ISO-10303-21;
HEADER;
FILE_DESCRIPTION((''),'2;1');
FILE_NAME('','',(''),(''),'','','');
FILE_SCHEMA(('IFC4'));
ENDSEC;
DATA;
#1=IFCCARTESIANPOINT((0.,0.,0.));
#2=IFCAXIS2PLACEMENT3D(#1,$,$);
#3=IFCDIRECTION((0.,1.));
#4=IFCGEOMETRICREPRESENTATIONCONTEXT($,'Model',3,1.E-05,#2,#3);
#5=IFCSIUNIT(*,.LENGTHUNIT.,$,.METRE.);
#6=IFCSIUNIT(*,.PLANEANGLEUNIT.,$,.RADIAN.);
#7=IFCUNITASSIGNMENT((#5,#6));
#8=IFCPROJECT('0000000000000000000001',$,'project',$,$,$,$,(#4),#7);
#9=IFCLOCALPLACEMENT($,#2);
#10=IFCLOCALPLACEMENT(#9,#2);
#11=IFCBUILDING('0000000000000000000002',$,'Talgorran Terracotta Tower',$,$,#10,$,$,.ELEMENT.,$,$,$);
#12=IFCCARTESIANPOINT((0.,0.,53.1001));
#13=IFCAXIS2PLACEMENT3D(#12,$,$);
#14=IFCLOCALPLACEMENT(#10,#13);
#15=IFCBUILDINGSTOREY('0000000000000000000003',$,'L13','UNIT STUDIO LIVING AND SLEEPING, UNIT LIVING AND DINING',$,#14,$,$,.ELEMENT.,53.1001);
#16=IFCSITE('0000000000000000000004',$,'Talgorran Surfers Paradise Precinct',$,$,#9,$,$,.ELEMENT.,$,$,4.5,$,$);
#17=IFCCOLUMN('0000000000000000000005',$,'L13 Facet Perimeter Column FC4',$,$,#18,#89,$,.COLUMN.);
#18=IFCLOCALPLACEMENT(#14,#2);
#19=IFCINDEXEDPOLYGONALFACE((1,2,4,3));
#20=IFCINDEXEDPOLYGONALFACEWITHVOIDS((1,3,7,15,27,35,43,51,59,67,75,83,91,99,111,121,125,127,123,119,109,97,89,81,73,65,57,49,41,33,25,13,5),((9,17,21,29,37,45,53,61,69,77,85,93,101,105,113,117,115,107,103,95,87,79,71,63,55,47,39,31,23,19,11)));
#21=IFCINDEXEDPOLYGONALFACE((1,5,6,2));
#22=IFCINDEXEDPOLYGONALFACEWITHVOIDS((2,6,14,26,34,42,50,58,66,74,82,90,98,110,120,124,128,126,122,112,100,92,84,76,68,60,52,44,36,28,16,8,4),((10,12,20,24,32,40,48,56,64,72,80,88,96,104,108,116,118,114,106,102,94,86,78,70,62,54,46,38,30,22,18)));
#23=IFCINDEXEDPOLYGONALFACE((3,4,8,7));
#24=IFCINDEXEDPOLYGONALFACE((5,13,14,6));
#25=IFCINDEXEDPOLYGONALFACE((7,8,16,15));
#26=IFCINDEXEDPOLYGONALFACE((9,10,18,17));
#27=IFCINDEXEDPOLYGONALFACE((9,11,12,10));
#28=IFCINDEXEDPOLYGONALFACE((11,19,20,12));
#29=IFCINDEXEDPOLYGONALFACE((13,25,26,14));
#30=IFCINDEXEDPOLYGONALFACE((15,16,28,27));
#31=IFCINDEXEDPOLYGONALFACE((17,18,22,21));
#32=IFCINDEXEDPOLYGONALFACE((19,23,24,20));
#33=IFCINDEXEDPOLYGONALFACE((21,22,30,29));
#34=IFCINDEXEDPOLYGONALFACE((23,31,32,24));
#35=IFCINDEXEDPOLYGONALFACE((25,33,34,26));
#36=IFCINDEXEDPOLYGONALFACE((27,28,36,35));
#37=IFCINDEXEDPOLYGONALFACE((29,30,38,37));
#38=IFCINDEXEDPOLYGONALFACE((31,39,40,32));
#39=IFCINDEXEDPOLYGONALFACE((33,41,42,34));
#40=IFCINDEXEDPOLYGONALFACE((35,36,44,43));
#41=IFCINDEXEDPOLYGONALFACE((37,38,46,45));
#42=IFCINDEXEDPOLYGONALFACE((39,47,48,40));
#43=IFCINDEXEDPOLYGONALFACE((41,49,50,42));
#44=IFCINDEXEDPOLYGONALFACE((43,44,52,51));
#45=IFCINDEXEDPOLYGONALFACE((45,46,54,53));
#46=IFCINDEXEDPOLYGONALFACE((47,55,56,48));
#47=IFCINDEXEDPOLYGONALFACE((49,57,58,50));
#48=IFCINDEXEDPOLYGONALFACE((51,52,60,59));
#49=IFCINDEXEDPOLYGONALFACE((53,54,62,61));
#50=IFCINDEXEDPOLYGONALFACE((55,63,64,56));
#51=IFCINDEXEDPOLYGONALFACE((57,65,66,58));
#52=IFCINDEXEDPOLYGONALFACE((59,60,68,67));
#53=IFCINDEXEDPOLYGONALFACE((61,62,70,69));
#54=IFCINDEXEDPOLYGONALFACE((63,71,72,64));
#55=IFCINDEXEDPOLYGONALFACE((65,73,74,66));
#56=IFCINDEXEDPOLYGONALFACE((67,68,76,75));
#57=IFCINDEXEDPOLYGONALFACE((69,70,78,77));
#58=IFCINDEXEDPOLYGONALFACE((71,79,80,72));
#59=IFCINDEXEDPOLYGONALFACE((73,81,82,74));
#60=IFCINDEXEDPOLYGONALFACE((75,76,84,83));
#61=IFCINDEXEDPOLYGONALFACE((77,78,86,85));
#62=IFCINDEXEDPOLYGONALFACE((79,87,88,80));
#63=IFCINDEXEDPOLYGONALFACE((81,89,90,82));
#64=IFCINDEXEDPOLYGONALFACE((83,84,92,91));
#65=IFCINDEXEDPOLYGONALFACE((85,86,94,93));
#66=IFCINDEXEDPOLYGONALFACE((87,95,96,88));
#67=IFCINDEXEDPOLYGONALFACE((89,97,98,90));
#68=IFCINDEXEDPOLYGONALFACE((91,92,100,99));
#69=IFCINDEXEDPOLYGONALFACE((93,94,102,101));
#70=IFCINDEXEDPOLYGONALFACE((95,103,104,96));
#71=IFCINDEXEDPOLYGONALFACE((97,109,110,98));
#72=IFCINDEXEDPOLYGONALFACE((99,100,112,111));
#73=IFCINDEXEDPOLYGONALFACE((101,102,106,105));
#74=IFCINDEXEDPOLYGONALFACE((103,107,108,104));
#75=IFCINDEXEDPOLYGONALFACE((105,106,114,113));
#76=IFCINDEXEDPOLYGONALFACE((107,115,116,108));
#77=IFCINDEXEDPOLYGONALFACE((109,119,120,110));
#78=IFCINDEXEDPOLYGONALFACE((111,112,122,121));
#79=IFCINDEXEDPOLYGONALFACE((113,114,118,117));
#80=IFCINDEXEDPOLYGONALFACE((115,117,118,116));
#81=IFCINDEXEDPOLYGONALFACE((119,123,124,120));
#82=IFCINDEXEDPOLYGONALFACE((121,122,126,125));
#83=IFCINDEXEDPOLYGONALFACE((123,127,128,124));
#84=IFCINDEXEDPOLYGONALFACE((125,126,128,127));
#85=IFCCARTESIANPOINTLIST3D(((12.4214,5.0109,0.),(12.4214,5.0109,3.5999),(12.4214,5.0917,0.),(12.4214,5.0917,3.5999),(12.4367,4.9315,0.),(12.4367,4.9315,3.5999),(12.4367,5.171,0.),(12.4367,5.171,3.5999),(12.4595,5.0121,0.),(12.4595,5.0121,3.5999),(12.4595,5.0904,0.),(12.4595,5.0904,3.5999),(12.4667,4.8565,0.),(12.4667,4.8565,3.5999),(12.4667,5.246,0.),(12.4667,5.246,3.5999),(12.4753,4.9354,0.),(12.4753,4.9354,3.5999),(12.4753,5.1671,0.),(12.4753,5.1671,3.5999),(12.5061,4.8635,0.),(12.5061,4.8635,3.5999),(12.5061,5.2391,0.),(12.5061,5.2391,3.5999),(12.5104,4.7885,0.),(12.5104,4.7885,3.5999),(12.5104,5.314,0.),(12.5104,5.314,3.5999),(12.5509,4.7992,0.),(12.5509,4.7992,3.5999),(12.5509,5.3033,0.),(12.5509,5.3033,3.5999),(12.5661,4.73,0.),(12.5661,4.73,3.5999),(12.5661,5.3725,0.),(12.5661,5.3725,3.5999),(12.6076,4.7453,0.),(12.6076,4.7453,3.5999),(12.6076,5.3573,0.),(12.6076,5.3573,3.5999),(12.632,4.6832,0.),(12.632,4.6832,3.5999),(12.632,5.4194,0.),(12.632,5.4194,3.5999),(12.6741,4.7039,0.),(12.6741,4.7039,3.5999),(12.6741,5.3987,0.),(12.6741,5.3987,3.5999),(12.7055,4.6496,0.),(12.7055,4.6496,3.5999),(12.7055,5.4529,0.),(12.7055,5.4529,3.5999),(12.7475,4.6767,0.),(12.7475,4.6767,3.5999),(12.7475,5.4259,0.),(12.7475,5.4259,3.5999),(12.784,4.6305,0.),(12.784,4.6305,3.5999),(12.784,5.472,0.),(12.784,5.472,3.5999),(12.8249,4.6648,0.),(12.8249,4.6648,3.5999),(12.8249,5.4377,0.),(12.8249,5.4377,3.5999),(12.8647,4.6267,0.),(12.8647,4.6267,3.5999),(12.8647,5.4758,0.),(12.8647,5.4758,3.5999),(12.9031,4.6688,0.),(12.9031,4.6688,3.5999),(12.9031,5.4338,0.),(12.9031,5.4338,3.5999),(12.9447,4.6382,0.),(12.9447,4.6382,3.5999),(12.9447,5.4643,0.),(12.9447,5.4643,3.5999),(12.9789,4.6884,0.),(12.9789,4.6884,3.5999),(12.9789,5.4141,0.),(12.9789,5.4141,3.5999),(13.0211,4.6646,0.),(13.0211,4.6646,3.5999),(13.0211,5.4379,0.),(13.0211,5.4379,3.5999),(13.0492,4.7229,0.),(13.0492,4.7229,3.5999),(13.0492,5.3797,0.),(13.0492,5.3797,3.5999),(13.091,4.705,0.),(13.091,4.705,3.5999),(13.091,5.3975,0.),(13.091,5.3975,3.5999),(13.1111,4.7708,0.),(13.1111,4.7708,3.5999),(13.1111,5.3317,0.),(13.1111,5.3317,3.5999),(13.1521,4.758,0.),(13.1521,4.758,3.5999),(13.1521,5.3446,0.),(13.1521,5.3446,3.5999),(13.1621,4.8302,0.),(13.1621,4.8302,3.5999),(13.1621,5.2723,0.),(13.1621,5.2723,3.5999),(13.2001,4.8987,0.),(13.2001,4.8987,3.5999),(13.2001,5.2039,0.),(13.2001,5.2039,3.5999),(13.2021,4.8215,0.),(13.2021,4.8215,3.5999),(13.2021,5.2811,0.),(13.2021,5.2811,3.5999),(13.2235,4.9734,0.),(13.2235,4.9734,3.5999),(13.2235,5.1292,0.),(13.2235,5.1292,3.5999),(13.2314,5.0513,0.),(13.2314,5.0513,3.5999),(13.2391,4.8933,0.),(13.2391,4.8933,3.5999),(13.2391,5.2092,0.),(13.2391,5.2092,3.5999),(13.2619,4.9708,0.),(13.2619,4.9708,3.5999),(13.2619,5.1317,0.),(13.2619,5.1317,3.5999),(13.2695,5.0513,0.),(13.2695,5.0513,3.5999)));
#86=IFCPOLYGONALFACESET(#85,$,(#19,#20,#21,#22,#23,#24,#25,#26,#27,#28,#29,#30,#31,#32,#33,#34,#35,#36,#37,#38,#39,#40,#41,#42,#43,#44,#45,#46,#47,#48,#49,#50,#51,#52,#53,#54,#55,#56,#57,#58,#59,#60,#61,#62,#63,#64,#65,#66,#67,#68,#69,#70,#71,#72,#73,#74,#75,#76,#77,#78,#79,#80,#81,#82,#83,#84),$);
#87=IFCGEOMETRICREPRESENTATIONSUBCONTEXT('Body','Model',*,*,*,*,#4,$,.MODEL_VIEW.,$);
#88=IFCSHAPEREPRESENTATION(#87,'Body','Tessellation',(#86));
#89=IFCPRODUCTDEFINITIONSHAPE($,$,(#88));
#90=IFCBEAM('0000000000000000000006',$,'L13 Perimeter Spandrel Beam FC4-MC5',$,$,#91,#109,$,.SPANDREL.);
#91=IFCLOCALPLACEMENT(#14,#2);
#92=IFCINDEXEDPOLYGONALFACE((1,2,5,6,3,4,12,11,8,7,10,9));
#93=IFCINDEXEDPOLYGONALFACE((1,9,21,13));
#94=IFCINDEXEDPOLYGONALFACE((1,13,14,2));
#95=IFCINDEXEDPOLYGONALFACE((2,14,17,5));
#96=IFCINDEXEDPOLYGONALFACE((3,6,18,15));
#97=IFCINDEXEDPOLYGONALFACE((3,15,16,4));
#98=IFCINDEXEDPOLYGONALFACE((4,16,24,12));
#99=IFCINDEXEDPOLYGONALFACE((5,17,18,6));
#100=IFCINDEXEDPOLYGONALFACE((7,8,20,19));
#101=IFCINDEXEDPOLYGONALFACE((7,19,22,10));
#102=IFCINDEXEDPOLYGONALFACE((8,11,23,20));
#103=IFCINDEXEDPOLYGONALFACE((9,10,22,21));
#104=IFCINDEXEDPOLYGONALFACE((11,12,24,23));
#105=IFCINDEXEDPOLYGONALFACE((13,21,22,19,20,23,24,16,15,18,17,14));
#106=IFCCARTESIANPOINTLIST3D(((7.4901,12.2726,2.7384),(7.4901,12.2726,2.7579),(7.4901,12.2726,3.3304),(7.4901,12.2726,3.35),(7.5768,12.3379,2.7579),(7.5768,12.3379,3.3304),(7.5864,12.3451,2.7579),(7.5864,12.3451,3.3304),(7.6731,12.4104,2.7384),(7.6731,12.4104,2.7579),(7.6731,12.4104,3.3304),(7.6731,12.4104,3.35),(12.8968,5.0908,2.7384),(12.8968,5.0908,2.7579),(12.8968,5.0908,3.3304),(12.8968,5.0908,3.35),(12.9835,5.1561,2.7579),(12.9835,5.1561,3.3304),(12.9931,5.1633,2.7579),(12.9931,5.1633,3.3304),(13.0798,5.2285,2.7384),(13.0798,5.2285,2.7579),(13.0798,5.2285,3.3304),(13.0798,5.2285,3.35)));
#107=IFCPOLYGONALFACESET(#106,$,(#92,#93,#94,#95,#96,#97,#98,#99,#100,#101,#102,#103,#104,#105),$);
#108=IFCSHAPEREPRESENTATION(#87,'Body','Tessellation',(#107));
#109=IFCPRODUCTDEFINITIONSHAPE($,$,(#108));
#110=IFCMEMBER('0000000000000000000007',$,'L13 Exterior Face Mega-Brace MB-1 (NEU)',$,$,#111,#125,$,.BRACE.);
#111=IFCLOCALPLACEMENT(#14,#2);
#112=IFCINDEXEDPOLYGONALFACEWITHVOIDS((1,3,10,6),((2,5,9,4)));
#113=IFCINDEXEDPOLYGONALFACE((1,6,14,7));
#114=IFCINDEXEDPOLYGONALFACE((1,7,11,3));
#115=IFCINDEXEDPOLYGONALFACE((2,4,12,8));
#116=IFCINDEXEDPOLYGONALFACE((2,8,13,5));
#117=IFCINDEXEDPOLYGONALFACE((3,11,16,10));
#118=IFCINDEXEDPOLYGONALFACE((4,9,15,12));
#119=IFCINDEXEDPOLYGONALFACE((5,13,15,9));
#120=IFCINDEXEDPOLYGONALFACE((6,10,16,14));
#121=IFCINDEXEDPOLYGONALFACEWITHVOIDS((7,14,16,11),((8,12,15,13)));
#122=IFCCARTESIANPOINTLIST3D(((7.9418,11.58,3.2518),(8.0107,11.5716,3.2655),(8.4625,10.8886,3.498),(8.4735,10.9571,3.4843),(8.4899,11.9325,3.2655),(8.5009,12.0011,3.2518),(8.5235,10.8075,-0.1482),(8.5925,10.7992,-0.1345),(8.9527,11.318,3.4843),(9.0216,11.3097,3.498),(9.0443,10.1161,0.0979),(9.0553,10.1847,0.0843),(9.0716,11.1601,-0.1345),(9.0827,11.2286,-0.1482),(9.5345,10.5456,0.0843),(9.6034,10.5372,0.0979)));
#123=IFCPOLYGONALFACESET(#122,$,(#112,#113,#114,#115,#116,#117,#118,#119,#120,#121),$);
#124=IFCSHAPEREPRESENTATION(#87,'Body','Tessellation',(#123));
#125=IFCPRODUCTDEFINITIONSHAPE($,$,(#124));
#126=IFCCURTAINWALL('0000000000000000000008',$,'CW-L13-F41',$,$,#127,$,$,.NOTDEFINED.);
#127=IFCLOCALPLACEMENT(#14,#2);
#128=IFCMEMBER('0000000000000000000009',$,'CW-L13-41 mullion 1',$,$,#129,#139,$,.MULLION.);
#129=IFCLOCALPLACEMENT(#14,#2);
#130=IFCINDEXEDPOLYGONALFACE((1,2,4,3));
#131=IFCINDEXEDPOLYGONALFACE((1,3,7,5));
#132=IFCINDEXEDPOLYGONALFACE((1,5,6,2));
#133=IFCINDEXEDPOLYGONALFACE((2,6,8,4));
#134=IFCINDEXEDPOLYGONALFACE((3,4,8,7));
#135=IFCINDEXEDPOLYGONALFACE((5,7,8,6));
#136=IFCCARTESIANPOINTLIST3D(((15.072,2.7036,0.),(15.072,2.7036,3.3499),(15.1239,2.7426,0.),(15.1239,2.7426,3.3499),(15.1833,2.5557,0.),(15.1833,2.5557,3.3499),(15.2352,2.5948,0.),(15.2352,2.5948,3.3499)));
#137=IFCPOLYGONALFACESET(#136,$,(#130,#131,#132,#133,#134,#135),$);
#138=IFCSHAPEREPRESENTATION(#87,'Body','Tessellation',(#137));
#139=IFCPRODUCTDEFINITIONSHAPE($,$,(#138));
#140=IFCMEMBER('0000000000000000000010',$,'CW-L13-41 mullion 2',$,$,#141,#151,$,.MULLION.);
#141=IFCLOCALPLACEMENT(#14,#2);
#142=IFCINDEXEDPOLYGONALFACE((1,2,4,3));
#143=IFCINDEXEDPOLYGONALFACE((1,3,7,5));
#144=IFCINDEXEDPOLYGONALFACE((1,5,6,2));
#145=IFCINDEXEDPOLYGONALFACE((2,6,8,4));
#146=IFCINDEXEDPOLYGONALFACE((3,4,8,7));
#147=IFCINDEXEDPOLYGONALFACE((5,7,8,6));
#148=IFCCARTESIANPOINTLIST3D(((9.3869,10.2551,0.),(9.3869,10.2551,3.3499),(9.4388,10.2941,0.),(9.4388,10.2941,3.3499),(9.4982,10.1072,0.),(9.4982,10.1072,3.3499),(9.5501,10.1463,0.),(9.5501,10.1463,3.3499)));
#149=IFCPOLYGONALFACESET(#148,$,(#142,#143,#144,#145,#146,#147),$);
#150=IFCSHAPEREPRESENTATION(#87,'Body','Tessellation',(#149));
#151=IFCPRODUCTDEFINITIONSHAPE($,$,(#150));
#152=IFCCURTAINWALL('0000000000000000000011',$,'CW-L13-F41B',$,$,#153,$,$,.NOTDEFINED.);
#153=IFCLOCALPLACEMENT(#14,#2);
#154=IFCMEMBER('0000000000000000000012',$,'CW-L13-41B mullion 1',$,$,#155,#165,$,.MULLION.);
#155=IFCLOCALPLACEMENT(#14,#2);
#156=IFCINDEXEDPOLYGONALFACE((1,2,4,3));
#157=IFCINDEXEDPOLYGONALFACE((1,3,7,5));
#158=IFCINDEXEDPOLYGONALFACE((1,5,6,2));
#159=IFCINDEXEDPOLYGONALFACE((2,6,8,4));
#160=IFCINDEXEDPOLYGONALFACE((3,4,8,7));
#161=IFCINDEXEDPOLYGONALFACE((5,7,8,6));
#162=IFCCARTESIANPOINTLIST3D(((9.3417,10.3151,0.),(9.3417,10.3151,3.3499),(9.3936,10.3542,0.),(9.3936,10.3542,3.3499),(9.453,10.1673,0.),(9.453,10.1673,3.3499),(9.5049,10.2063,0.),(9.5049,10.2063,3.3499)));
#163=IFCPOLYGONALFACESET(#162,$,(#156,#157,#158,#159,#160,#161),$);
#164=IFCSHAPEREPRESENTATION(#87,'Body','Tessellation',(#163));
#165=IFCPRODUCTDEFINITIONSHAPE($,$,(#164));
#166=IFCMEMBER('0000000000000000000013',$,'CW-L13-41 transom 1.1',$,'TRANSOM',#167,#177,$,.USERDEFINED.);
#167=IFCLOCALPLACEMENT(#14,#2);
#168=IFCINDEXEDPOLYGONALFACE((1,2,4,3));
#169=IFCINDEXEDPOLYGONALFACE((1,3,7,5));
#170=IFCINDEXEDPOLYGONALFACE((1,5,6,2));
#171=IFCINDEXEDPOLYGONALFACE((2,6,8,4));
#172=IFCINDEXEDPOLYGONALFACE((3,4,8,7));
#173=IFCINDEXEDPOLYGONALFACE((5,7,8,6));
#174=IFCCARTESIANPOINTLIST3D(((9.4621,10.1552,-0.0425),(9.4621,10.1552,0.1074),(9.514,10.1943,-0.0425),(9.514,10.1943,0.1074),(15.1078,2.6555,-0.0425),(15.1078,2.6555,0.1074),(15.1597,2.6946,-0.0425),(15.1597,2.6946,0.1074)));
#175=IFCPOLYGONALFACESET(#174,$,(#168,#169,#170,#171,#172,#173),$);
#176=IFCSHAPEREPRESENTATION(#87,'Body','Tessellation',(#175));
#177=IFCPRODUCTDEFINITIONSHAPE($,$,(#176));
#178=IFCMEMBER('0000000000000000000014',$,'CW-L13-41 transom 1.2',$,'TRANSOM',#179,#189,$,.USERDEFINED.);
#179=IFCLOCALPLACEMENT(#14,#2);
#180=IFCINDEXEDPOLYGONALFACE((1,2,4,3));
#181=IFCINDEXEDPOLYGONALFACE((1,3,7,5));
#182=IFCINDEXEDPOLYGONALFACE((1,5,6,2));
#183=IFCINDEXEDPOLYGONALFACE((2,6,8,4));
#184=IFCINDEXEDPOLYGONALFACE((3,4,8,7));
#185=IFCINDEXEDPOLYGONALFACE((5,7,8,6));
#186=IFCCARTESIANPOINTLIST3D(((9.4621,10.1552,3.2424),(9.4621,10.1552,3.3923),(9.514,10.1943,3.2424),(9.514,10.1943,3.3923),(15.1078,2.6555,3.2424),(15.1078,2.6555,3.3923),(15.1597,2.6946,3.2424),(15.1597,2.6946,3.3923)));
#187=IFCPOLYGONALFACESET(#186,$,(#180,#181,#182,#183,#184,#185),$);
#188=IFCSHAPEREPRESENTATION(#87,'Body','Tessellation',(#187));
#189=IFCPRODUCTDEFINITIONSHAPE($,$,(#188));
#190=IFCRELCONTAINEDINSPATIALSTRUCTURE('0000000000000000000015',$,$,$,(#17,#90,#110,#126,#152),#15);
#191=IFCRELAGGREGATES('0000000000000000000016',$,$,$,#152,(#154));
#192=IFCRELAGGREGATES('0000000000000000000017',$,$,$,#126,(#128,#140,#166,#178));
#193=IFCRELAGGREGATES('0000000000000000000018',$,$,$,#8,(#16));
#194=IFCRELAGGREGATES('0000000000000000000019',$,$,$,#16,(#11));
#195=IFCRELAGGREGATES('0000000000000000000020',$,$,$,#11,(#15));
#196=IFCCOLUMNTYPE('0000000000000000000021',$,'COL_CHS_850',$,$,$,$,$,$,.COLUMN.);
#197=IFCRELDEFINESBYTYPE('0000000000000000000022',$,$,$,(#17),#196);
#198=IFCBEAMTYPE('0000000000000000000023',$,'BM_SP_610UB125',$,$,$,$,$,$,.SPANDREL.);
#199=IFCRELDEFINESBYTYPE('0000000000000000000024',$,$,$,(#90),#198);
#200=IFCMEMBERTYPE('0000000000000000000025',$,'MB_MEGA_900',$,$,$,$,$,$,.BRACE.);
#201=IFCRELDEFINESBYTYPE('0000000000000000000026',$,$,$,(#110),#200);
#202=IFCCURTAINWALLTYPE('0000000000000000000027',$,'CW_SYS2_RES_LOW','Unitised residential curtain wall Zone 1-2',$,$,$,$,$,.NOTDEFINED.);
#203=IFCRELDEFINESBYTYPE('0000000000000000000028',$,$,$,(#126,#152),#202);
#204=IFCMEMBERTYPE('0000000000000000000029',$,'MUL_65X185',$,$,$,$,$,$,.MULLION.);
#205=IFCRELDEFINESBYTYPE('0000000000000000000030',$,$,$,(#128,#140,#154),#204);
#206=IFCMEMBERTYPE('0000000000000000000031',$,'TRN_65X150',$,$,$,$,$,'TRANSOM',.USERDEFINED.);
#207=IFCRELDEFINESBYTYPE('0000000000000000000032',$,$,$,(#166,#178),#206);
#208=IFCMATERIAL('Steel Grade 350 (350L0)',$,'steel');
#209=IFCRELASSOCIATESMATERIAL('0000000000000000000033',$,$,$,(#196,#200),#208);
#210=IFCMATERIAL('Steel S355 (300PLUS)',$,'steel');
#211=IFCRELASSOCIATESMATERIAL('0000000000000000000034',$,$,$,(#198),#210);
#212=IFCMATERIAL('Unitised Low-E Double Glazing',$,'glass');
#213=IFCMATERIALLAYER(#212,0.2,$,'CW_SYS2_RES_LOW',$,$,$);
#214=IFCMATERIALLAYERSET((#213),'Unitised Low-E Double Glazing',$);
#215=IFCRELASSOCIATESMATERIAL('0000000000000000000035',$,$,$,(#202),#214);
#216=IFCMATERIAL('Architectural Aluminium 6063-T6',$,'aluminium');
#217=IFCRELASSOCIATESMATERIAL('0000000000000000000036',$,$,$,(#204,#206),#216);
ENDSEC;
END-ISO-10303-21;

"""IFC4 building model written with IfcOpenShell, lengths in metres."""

from ifc_helpers import new_model, si_unit, direction, frame, origin, origin_2d, place, context, subcontext, project, spatial, rectangle, hollow_rectangle, hollow_circle, i_section, extrude, material, layer, layer_set, material_profile, profile_set, type_object, element, aggregate, save


model = new_model("IFC4")

# Units and contexts
model_context = context("Model", 3, precision=1e-05, world=origin(), true_north=direction((0.0, 1.0)))
body_context = subcontext(model_context, "Body", "Model", "MODEL_VIEW")
ifc_project = project(units=[si_unit("LENGTHUNIT", "METRE"), si_unit("PLANEANGLEUNIT", "RADIAN")], contexts=[model_context])

# Site, building, storey
site_placement = place(None, origin())
site = spatial("IfcSite", under=ifc_project, at=site_placement, Name="Talgorran Surfers Paradise Precinct", CompositionType="ELEMENT", RefElevation=4.5)
building_placement = place(site_placement, origin())
building = spatial("IfcBuilding", under=site, at=building_placement, Name="Talgorran Terracotta Tower", CompositionType="ELEMENT")
storey_placement = place(building_placement, frame((0.0, 0.0, 53.1001)))
storey = spatial("IfcBuildingStorey", under=building, at=storey_placement, Name="L13", Description="UNIT STUDIO LIVING AND SLEEPING, UNIT LIVING AND DINING", CompositionType="ELEMENT", Elevation=53.1001)

# Column
ifc_material_1 = material(Name="Steel Grade 350 (350L0)", Category="steel")
ifc_material_profile_1 = material_profile(ifc_material_1, hollow_circle(Radius=0.425, WallThickness=0.0381, at=origin_2d()), Name="CHS850X38")
ifc_profile_set_1 = profile_set([ifc_material_profile_1], Name="Steel Grade 350 (350L0)")
column_type = type_object("IfcColumnType", Name="COL_CHS_850", PredefinedType="COLUMN", material=ifc_profile_set_1)
column_placement = place(storey_placement, frame((12.8445, 5.0513, 0.0), z_axis=(0.0, 0.0, 1.0), x_axis=(1.0, 0.0, 0.0)))
element("IfcColumn", 1, at=column_placement, inside=storey, type_object=column_type, Name="L13 Facet Perimeter Column FC4", PredefinedType="COLUMN", context=body_context, shape_type="SweptSolid", body=[
    extrude(hollow_circle(Radius=0.425, WallThickness=0.0381, at=origin_2d()), origin(), (0.0, 0.0, 1.0), 3.5999),
])

# Beam
ifc_material_2 = material(Name="Steel S355 (300PLUS)", Category="steel")
ifc_material_profile_2 = material_profile(ifc_material_2, i_section(OverallWidth=0.229, OverallDepth=0.6116, WebThickness=0.012, FlangeThickness=0.0195, at=origin_2d()), Name="610UB125")
ifc_profile_set_2 = profile_set([ifc_material_profile_2], Name="Steel S355 (300PLUS)")
beam_type = type_object("IfcBeamType", Name="BM_SP_610UB125", PredefinedType="SPANDREL", material=ifc_profile_set_2)
beam_placement = place(storey_placement, frame((12.9883, 5.1597, 3.0442), z_axis=(-0.601446, 0.798913, 0.0), x_axis=(-0.798913, -0.601446, 0.0)))
element("IfcBeam", 2, at=beam_placement, inside=storey, type_object=beam_type, Name="L13 Perimeter Spandrel Beam FC4-MC5", PredefinedType="SPANDREL", context=body_context, shape_type="SweptSolid", body=[
    extrude(i_section(OverallWidth=0.229, OverallDepth=0.6116, WebThickness=0.012, FlangeThickness=0.0195, at=origin_2d()), origin(), (0.0, 0.0, 1.0), 8.9895),
])

# Member
ifc_material_profile_3 = material_profile(ifc_material_1, hollow_rectangle(XDim=0.7, YDim=0.8999, WallThickness=0.05, at=origin_2d()), Name="WBOX900X700X50")
ifc_profile_set_3 = profile_set([ifc_material_profile_3], Name="Steel Grade 350 (350L0)")
member_type_1 = type_object("IfcMemberType", Name="MB_MEGA_900", PredefinedType="BRACE", material=ifc_profile_set_3)
member_1_placement = place(storey_placement, frame((9.0635, 10.6724, -0.0251), z_axis=(-0.164579, 0.218518, 0.961854), x_axis=(-0.798787, -0.601615, 0.0)))
element("IfcMember", 3, at=member_1_placement, inside=storey, type_object=member_type_1, Name="L13 Exterior Face Mega-Brace MB-1 (NEU)", PredefinedType="BRACE", context=body_context, shape_type="SweptSolid", body=[
    extrude(hollow_rectangle(XDim=0.7, YDim=0.8999, WallThickness=0.05, at=origin_2d()), origin(), (0.0, 0.0, 1.0), 3.5349),
])

# Curtain wall, members
ifc_material_3 = material(Name="Unitised Low-E Double Glazing", Category="glass")
ifc_layer_1 = layer(ifc_material_3, 0.2, Name="CW_SYS2_RES_LOW")
ifc_layer_set_1 = layer_set([ifc_layer_1], Name="Unitised Low-E Double Glazing")
curtain_wall_type = type_object("IfcCurtainWallType", Name="CW_SYS2_RES_LOW", Description="Unitised residential curtain wall Zone 1-2", PredefinedType="NOTDEFINED", material=ifc_layer_set_1)
curtain_wall_1_placement = place(storey_placement, origin())
curtain_wall_1 = element("IfcCurtainWall", 4, at=curtain_wall_1_placement, inside=storey, type_object=curtain_wall_type, Name="CW-L13-F41", PredefinedType="NOTDEFINED")
ifc_material_4 = material(Name="Architectural Aluminium 6063-T6", Category="aluminium")
ifc_material_profile_4 = material_profile(ifc_material_4, rectangle(XDim=0.0649, YDim=0.1851, at=origin_2d()), Name="CWM65X185")
ifc_profile_set_4 = profile_set([ifc_material_profile_4], Name="Architectural Aluminium 6063-T6")
member_type_2 = type_object("IfcMemberType", Name="MUL_65X185", PredefinedType="MULLION", material=ifc_profile_set_4)
member_2_placement = place(storey_placement, frame((15.1536, 2.6492, 0.0), z_axis=(0.0, 0.0, 1.0), x_axis=(-0.798919, -0.601438, 0.0)))
member_2 = element("IfcMember", 5, at=member_2_placement, type_object=member_type_2, Name="CW-L13-41 mullion 1", PredefinedType="MULLION", context=body_context, shape_type="SweptSolid", body=[
    extrude(rectangle(XDim=0.0649, YDim=0.1851, at=origin_2d()), origin(), (0.0, 0.0, 1.0), 3.3499),
])
member_3_placement = place(storey_placement, frame((9.4685, 10.2007, 0.0), z_axis=(0.0, 0.0, 1.0), x_axis=(-0.798919, -0.601438, 0.0)))
member_3 = element("IfcMember", 6, at=member_3_placement, type_object=member_type_2, Name="CW-L13-41 mullion 2", PredefinedType="MULLION", context=body_context, shape_type="SweptSolid", body=[
    extrude(rectangle(XDim=0.0649, YDim=0.1851, at=origin_2d()), origin(), (0.0, 0.0, 1.0), 3.3499),
])

# Curtain wall, member
curtain_wall_2_placement = place(storey_placement, origin())
curtain_wall_2 = element("IfcCurtainWall", 7, at=curtain_wall_2_placement, inside=storey, type_object=curtain_wall_type, Name="CW-L13-F41B", PredefinedType="NOTDEFINED")
member_4_placement = place(storey_placement, frame((9.4233, 10.2607, 0.0), z_axis=(0.0, 0.0, 1.0), x_axis=(-0.798919, -0.601439, 0.0)))
member_4 = element("IfcMember", 8, at=member_4_placement, type_object=member_type_2, Name="CW-L13-41B mullion 1", PredefinedType="MULLION", context=body_context, shape_type="SweptSolid", body=[
    extrude(rectangle(XDim=0.0649, YDim=0.1851, at=origin_2d()), origin(), (0.0, 0.0, 1.0), 3.3499),
])

# Members
ifc_material_profile_5 = material_profile(ifc_material_4, rectangle(XDim=0.0649, YDim=0.1499, at=origin_2d()), Name="CWT65X150")
ifc_profile_set_5 = profile_set([ifc_material_profile_5], Name="Architectural Aluminium 6063-T6")
member_type_3 = type_object("IfcMemberType", Name="TRN_65X150", ElementType="TRANSOM", PredefinedType="USERDEFINED", material=ifc_profile_set_5)
member_5_placement = place(storey_placement, frame((15.1338, 2.675, 0.0325), z_axis=(-0.601426, 0.798928, 0.0), x_axis=(-0.798928, -0.601426, 0.0)))
member_5 = element("IfcMember", 9, at=member_5_placement, type_object=member_type_3, Name="CW-L13-41 transom 1.1", ObjectType="TRANSOM", PredefinedType="USERDEFINED", context=body_context, shape_type="SweptSolid", body=[
    extrude(rectangle(XDim=0.0649, YDim=0.1499, at=origin_2d()), origin(), (0.0, 0.0, 1.0), 9.3872),
])
member_6_placement = place(storey_placement, frame((15.1338, 2.675, 3.3174), z_axis=(-0.601426, 0.798928, 0.0), x_axis=(-0.798928, -0.601426, 0.0)))
member_6 = element("IfcMember", 10, at=member_6_placement, type_object=member_type_3, Name="CW-L13-41 transom 1.2", ObjectType="TRANSOM", PredefinedType="USERDEFINED", context=body_context, shape_type="SweptSolid", body=[
    extrude(rectangle(XDim=0.0649, YDim=0.1499, at=origin_2d()), origin(), (0.0, 0.0, 1.0), 9.3872),
])

aggregate(curtain_wall_2, [member_4])
aggregate(curtain_wall_1, [member_2, member_3, member_5, member_6])

save(model, "model.ifc")
